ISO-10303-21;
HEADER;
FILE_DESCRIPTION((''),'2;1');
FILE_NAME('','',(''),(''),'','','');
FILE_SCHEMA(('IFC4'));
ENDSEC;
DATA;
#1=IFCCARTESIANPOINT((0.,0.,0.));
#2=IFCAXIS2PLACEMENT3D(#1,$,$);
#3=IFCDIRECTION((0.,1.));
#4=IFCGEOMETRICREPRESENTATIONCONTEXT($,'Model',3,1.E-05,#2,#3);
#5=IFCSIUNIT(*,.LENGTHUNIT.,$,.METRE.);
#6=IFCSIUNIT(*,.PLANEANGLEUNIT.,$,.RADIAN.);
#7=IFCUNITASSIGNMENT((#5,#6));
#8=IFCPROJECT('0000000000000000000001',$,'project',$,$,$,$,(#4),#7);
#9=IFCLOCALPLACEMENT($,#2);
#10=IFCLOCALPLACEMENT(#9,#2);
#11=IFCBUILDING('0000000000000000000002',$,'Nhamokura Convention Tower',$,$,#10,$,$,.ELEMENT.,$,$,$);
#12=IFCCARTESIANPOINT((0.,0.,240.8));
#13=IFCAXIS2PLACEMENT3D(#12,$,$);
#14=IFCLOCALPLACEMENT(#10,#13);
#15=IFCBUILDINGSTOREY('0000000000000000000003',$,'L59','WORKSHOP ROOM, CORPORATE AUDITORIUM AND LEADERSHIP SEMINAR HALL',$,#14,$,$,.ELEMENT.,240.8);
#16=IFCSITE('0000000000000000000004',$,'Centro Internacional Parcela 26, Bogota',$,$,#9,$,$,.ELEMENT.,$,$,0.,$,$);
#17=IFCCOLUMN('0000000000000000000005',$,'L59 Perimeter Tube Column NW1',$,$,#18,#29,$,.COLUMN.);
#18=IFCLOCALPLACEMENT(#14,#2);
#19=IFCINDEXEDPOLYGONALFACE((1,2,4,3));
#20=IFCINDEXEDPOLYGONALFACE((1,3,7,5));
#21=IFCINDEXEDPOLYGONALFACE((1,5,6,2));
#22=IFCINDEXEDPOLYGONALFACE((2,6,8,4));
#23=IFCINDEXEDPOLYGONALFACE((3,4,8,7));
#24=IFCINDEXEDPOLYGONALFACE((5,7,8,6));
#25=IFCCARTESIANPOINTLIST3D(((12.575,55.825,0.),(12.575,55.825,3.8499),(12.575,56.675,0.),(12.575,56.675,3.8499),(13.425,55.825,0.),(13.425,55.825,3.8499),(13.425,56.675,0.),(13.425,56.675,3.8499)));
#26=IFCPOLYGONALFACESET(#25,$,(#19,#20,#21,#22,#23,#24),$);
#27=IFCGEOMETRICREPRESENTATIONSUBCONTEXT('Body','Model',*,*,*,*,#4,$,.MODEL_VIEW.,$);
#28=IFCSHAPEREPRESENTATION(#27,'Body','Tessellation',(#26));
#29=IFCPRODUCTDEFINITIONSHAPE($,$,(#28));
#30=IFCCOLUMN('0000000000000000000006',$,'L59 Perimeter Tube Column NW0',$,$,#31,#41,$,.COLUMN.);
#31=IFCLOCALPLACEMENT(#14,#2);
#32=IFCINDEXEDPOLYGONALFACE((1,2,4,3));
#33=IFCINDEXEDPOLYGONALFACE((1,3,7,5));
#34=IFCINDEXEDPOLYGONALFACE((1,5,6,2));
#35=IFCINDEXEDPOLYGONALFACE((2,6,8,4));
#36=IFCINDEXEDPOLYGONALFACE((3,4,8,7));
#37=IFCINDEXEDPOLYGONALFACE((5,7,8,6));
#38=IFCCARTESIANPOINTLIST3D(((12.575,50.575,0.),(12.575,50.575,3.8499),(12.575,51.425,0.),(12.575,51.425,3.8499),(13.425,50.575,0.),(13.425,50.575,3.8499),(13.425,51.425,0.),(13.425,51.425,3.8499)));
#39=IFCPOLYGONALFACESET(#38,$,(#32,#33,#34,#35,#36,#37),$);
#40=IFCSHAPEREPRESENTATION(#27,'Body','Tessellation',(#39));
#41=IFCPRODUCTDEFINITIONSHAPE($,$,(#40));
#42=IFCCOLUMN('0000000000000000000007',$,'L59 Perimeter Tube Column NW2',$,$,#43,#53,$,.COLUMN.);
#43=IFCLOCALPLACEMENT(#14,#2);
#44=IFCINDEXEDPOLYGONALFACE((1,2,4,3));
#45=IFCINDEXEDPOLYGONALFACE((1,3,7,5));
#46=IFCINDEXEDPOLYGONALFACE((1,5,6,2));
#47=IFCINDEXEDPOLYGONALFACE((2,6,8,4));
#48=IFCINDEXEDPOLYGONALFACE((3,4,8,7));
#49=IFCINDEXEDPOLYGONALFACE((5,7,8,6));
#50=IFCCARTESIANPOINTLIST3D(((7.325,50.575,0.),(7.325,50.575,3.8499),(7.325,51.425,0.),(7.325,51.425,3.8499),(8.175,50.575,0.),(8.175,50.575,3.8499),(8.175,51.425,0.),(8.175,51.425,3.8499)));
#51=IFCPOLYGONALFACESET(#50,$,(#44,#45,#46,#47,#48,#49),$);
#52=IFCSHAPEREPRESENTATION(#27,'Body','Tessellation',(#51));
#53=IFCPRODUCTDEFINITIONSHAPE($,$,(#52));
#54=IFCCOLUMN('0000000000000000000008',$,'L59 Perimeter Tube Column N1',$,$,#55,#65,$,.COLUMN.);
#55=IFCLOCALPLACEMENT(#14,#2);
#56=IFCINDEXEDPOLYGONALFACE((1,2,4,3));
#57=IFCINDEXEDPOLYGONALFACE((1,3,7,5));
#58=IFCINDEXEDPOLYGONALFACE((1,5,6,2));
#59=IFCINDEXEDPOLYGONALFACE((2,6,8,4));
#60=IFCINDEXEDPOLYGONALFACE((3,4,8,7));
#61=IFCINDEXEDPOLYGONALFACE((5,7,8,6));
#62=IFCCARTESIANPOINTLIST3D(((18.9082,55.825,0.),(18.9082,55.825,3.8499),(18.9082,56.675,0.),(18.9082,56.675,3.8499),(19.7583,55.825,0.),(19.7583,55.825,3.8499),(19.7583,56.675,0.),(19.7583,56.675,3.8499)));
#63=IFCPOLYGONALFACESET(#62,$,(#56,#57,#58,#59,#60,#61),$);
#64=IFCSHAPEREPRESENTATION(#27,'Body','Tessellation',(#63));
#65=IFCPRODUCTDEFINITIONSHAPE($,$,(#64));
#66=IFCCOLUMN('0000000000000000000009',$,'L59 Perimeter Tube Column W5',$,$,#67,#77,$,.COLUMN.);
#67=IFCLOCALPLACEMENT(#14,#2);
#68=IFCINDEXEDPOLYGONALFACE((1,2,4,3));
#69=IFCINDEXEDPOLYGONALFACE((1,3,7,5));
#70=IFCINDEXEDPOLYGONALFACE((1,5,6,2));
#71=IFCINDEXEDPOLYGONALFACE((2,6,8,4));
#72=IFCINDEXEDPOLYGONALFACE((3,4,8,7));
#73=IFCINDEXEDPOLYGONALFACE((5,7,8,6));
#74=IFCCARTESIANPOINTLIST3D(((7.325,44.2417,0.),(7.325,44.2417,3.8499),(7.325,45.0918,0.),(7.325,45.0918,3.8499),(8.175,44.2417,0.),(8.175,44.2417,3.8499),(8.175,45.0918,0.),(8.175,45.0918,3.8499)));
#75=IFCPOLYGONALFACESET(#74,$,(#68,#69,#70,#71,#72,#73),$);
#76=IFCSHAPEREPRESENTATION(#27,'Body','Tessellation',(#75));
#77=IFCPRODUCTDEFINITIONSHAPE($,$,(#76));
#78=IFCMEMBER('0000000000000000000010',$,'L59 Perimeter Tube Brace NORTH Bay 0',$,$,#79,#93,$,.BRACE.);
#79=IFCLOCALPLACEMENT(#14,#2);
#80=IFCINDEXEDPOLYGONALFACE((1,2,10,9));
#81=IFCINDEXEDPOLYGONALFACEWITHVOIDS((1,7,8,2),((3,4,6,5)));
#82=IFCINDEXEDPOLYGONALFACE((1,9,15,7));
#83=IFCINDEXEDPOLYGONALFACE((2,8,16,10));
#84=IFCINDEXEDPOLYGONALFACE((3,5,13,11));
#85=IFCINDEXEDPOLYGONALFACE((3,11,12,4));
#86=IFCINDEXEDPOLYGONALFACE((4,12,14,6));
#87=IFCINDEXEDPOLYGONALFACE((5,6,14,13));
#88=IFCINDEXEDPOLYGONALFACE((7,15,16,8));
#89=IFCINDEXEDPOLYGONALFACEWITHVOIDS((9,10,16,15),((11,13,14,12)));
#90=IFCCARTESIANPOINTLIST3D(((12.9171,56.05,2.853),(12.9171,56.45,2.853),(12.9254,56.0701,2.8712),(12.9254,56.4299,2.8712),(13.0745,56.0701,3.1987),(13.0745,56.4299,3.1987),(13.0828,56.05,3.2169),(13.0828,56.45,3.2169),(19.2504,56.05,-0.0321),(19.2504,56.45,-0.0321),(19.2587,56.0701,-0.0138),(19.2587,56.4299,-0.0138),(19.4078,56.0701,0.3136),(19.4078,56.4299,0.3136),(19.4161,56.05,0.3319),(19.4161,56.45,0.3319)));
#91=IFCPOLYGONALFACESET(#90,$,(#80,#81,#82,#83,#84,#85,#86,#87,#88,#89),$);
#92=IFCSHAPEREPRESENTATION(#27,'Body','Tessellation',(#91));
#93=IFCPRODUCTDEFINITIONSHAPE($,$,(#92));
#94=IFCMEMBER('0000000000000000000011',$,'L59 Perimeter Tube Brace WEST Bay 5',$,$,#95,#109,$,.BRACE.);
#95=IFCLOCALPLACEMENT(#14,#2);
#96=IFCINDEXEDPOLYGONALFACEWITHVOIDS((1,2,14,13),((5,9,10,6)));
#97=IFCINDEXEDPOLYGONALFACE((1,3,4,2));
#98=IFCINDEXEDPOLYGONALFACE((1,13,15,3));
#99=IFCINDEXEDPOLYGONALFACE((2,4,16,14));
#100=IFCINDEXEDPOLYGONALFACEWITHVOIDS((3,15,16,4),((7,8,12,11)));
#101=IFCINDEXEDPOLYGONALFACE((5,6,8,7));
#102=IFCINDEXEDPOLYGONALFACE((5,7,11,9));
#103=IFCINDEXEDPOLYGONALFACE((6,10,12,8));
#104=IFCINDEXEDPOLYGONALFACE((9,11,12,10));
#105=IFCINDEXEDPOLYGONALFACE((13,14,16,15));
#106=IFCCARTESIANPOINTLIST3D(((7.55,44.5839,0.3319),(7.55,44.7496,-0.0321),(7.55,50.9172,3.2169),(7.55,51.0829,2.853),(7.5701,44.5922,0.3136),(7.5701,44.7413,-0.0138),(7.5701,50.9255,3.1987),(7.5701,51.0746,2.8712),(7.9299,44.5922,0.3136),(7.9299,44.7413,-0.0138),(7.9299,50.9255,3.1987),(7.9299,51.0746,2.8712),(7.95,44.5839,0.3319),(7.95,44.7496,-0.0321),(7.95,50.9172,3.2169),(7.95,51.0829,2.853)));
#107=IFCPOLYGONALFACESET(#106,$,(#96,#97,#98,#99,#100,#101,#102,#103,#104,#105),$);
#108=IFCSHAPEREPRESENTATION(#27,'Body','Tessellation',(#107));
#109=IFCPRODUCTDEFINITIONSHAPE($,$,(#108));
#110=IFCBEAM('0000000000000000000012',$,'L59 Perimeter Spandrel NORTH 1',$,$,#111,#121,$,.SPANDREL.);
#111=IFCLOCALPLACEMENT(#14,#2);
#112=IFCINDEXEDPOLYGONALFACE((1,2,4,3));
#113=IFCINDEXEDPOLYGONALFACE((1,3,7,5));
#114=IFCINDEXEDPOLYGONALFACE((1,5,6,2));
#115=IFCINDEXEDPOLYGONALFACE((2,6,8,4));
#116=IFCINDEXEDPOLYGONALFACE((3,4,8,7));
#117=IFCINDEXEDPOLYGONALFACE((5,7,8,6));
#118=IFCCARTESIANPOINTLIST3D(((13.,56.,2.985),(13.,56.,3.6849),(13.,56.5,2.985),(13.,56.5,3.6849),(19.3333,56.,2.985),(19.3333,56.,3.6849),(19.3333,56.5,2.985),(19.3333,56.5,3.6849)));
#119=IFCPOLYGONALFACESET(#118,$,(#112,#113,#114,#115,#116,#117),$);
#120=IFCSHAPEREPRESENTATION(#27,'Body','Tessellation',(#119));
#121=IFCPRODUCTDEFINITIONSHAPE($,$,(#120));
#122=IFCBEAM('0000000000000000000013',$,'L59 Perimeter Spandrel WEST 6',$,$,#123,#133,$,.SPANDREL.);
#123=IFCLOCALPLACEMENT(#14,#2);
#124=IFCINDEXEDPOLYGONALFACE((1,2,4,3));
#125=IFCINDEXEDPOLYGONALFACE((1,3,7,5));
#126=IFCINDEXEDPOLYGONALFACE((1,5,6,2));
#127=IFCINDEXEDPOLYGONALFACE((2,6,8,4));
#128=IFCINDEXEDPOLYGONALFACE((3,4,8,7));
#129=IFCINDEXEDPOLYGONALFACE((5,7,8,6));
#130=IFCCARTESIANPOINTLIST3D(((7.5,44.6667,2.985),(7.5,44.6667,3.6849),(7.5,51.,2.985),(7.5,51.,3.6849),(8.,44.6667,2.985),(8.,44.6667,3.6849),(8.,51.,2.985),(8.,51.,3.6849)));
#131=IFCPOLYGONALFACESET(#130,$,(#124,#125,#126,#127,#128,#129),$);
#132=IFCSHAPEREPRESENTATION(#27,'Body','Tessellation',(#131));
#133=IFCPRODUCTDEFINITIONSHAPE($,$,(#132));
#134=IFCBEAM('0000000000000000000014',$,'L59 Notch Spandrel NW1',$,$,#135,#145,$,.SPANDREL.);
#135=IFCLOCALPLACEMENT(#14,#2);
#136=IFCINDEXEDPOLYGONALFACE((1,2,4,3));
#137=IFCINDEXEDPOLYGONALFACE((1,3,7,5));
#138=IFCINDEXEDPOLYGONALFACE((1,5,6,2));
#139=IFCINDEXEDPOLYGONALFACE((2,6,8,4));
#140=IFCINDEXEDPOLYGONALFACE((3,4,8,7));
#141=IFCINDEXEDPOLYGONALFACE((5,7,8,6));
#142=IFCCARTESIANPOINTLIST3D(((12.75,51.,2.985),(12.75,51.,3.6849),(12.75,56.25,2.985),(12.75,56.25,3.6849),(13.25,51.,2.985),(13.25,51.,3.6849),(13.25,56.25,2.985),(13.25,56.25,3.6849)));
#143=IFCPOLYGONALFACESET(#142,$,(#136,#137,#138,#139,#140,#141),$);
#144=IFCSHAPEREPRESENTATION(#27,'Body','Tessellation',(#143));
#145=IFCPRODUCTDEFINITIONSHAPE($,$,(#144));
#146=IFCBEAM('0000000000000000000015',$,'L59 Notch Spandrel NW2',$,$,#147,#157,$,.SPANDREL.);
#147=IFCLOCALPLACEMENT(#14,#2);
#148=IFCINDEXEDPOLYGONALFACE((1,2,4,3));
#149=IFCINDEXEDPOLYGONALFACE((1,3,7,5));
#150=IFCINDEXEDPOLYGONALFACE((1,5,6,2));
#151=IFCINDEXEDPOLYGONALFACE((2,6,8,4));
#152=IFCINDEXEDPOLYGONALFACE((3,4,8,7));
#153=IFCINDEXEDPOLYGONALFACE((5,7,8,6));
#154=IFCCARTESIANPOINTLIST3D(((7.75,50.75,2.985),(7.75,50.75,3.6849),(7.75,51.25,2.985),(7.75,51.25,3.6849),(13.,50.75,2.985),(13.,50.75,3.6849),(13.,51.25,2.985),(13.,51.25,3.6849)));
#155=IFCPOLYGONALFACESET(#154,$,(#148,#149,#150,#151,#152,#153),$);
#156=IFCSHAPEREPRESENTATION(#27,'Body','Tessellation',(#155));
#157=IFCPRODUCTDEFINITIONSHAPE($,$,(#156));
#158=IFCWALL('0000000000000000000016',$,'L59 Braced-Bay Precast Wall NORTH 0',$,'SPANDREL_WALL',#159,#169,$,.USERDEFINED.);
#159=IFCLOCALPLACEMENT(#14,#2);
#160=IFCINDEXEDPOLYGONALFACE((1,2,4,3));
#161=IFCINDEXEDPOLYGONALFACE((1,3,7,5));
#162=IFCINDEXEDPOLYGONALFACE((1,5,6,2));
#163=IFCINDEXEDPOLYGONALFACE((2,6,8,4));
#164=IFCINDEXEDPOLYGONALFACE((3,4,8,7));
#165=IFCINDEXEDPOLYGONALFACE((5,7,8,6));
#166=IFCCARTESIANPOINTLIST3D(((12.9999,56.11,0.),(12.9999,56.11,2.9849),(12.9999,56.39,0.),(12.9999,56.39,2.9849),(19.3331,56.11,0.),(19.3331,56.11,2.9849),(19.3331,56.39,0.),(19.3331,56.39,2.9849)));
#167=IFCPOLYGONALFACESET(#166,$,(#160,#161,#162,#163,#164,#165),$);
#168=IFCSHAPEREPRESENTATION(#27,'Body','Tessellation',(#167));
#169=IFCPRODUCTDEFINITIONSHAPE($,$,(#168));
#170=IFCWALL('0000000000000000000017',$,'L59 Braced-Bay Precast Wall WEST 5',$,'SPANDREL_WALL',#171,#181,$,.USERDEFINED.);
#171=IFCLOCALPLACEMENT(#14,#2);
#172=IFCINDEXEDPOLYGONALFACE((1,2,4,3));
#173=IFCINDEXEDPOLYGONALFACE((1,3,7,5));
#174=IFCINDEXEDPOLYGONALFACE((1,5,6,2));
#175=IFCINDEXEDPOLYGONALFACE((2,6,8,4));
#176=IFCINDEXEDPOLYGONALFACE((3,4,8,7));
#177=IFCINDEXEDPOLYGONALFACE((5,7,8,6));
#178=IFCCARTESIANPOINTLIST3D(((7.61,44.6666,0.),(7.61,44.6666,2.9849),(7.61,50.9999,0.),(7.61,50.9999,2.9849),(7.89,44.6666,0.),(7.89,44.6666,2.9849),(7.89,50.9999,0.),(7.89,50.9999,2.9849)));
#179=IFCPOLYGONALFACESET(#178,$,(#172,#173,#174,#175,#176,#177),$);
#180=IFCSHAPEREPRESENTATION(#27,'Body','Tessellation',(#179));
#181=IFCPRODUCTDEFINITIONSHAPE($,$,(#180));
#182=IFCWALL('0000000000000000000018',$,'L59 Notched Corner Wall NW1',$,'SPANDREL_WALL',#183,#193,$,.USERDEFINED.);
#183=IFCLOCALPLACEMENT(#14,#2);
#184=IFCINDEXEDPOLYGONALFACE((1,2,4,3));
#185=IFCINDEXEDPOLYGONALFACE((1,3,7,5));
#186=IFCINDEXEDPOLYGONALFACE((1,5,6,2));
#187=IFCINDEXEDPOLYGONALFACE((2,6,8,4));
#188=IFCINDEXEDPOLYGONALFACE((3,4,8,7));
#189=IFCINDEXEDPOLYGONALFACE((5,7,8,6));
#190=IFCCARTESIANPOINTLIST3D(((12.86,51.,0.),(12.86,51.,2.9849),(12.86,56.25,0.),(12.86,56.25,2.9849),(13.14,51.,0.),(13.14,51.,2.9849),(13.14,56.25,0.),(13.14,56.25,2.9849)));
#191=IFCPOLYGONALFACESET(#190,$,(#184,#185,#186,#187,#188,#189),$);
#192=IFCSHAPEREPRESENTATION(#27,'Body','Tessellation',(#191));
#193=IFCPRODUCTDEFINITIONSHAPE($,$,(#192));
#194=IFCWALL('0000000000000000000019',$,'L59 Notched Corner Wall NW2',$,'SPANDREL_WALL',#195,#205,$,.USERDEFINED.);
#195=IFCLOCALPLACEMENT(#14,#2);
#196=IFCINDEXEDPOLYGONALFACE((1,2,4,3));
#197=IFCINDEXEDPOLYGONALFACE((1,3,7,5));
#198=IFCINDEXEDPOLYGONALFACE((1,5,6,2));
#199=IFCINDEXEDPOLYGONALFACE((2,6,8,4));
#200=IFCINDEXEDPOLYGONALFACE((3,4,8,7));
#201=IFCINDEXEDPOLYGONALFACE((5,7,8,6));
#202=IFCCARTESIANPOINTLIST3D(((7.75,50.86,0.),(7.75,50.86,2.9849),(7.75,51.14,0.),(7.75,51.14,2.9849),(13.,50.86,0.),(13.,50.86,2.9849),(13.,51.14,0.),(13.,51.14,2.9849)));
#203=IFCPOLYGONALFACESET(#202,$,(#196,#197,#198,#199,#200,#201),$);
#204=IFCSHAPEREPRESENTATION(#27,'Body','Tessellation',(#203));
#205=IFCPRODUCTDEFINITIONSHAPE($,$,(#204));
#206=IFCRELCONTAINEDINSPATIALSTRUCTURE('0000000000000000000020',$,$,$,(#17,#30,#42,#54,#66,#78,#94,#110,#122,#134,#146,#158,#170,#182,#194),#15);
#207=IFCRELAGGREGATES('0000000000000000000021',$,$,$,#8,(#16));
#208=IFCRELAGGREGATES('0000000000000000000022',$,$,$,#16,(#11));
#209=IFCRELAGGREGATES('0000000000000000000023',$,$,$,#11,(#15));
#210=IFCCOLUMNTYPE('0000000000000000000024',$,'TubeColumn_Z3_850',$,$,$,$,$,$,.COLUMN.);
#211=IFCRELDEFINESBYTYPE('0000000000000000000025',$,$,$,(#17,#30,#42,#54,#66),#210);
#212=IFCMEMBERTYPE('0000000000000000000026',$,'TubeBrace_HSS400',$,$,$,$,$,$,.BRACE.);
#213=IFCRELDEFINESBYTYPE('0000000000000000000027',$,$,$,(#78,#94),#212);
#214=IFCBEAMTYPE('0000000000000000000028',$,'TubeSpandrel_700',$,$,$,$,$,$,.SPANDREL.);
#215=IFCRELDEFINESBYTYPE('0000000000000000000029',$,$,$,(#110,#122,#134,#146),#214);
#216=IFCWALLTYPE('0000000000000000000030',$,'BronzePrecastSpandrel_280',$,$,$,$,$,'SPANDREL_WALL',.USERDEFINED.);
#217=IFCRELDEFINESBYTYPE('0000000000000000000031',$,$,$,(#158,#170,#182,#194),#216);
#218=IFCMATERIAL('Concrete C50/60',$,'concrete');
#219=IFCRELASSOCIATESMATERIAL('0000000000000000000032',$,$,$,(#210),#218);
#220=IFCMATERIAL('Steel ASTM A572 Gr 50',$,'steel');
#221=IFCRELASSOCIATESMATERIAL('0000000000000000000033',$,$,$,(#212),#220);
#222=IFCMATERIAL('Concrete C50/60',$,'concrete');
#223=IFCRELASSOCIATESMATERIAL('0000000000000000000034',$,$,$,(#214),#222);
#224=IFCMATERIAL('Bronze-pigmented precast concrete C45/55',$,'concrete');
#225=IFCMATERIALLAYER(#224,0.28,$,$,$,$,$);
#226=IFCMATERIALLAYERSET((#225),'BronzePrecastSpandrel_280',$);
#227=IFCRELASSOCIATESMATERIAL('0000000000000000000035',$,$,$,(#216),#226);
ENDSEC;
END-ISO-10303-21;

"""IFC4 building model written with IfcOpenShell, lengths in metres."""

from ifc_helpers import new_model, si_unit, direction, frame, frame_2d, origin, origin_2d, place, context, subcontext, project, spatial, rectangle, hollow_rectangle, extrude, material, layer, layer_set, material_profile, profile_set, type_object, element, save


model = new_model("IFC4")

# Units and contexts
model_context = context("Model", 3, precision=1e-05, world=origin(), true_north=direction((0.0, 1.0)))
body_context = subcontext(model_context, "Body", "Model", "MODEL_VIEW")
ifc_project = project(units=[si_unit("LENGTHUNIT", "METRE"), si_unit("PLANEANGLEUNIT", "RADIAN")], contexts=[model_context])

# Site, building, storey
site_placement = place(None, origin())
site = spatial("IfcSite", under=ifc_project, at=site_placement, Name="Centro Internacional Parcela 26, Bogota", CompositionType="ELEMENT", RefElevation=0.0)
building_placement = place(site_placement, origin())
building = spatial("IfcBuilding", under=site, at=building_placement, Name="Nhamokura Convention Tower", CompositionType="ELEMENT")
storey_placement = place(building_placement, frame((0.0, 0.0, 240.8)))
storey = spatial("IfcBuildingStorey", under=building, at=storey_placement, Name="L59", Description="WORKSHOP ROOM, CORPORATE AUDITORIUM AND LEADERSHIP SEMINAR HALL", CompositionType="ELEMENT", Elevation=240.8)

# Columns
ifc_material_1 = material(Name="Concrete C50/60", Category="concrete")
ifc_material_profile_1 = material_profile(ifc_material_1, rectangle(XDim=0.8501, YDim=0.8501, at=origin_2d()))
ifc_profile_set_1 = profile_set([ifc_material_profile_1], Name="Concrete C50/60")
column_type = type_object("IfcColumnType", Name="TubeColumn_Z3_850", PredefinedType="COLUMN", material=ifc_profile_set_1)
for number, where, z_axis, x_axis, name in (
    (1, (13.0, 56.25, 0.0), (0.0, 0.0, 1.0), (1.0, 0.0, 0.0), "L59 Perimeter Tube Column NW1"),
    (2, (13.0, 51.0, 0.0), (0.0, 0.0, 1.0), (1.0, 0.0, 0.0), "L59 Perimeter Tube Column NW0"),
    (3, (7.75, 51.0, 0.0), (0.0, 0.0, 1.0), (1.0, 0.0, 0.0), "L59 Perimeter Tube Column NW2"),
    (4, (19.3333, 56.25, 0.0), (0.0, 0.0, 1.0), (1.0, 0.0, 0.0), "L59 Perimeter Tube Column N1"),
    (5, (7.75, 44.6667, 0.0), (0.0, 0.0, 1.0), (1.0, 0.0, 0.0), "L59 Perimeter Tube Column W5"),
):
    element("IfcColumn", number, at=place(storey_placement, frame(where, z_axis=z_axis, x_axis=x_axis)), inside=storey, type_object=column_type, Name=name, PredefinedType="COLUMN", context=body_context, shape_type="SweptSolid", body=[
        extrude(rectangle(XDim=0.8501, YDim=0.8501, at=origin_2d()), origin(), (0.0, 0.0, 1.0), 3.8499),
    ])

# Members
ifc_material_2 = material(Name="Steel ASTM A572 Gr 50", Category="steel")
ifc_material_profile_2 = material_profile(ifc_material_2, hollow_rectangle(XDim=0.3999, YDim=0.3999, WallThickness=0.02, at=origin_2d()))
ifc_profile_set_2 = profile_set([ifc_material_profile_2], Name="Steel ASTM A572 Gr 50")
member_type = type_object("IfcMemberType", Name="TubeBrace_HSS400", PredefinedType="BRACE", material=ifc_profile_set_2)
for number, where, z_axis, x_axis, name in (
    (6, (19.3333, 56.25, 0.1499), (-0.910027, 0.0, 0.414548), (0.0, -1.0, 0.0), "L59 Perimeter Tube Brace NORTH Bay 0"),
    (7, (7.75, 44.6667, 0.1499), (0.0, 0.910027, 0.414548), (-1.0, 0.0, 0.0), "L59 Perimeter Tube Brace WEST Bay 5"),
):
    element("IfcMember", number, at=place(storey_placement, frame(where, z_axis=z_axis, x_axis=x_axis)), inside=storey, type_object=member_type, Name=name, PredefinedType="BRACE", context=body_context, shape_type="SweptSolid", body=[
        extrude(hollow_rectangle(XDim=0.3999, YDim=0.3999, WallThickness=0.02, at=origin_2d()), origin(), (0.0, 0.0, 1.0), 6.9595),
    ])

# Beams
ifc_material_3 = material(Name="Concrete C50/60", Category="concrete")
ifc_material_profile_3 = material_profile(ifc_material_3, rectangle(XDim=0.5, YDim=0.7, at=origin_2d()))
ifc_profile_set_3 = profile_set([ifc_material_profile_3], Name="Concrete C50/60")
beam_type = type_object("IfcBeamType", Name="TubeSpandrel_700", PredefinedType="SPANDREL", material=ifc_profile_set_3)
for number, where, z_axis, x_axis, name in (
    (8, (13.0, 56.25, 3.335), (1.0, 0.0, 0.0), (0.0, 1.0, 0.0), "L59 Perimeter Spandrel NORTH 1"),
    (9, (7.75, 44.6667, 3.335), (0.0, 1.0, 0.0), (-1.0, 0.0, 0.0), "L59 Perimeter Spandrel WEST 6"),
):
    element("IfcBeam", number, at=place(storey_placement, frame(where, z_axis=z_axis, x_axis=x_axis)), inside=storey, type_object=beam_type, Name=name, PredefinedType="SPANDREL", context=body_context, shape_type="SweptSolid", body=[
        extrude(rectangle(XDim=0.5, YDim=0.7, at=origin_2d()), origin(), (0.0, 0.0, 1.0), 6.3333),
    ])
for number, where, z_axis, x_axis, name in (
    (10, (13.0, 56.25, 3.335), (0.0, -1.0, 0.0), (1.0, 0.0, 0.0), "L59 Notch Spandrel NW1"),
    (11, (13.0, 51.0, 3.335), (-1.0, 0.0, 0.0), (0.0, -1.0, 0.0), "L59 Notch Spandrel NW2"),
):
    element("IfcBeam", number, at=place(storey_placement, frame(where, z_axis=z_axis, x_axis=x_axis)), inside=storey, type_object=beam_type, Name=name, PredefinedType="SPANDREL", context=body_context, shape_type="SweptSolid", body=[
        extrude(rectangle(XDim=0.5, YDim=0.7, at=origin_2d()), origin(), (0.0, 0.0, 1.0), 5.25),
    ])

# Walls
ifc_material_4 = material(Name="Bronze-pigmented precast concrete C45/55", Category="concrete")
ifc_layer_1 = layer(ifc_material_4, 0.28)
ifc_layer_set_1 = layer_set([ifc_layer_1], Name="BronzePrecastSpandrel_280")
wall_type_1 = type_object("IfcWallType", Name="BronzePrecastSpandrel_280", ElementType="SPANDREL_WALL", PredefinedType="USERDEFINED", material=ifc_layer_set_1)
for number, where, z_axis, x_axis, name in (
    (12, (13.0, 56.25, 0.0), (0.0, 0.0, 1.0), (1.0, 0.0, 0.0), "L59 Braced-Bay Precast Wall NORTH 0"),
    (13, (7.75, 44.6667, 0.0), (0.0, 0.0, 1.0), (0.0, 1.0, 0.0), "L59 Braced-Bay Precast Wall WEST 5"),
):
    element("IfcWall", number, at=place(storey_placement, frame(where, z_axis=z_axis, x_axis=x_axis)), inside=storey, type_object=wall_type_1, Name=name, ObjectType="SPANDREL_WALL", PredefinedType="USERDEFINED", context=body_context, shape_type="SweptSolid", body=[
        extrude(rectangle(XDim=6.3333, YDim=0.28, at=frame_2d((3.1665, 0.0))), origin(), (0.0, 0.0, 1.0), 2.9849),
    ])
for number, where, z_axis, x_axis, name in (
    (14, (13.0, 51.0, 0.0), (0.0, 0.0, 1.0), (0.0, 1.0, 0.0), "L59 Notched Corner Wall NW1"),
    (15, (7.75, 51.0, 0.0), (0.0, 0.0, 1.0), (1.0, 0.0, 0.0), "L59 Notched Corner Wall NW2"),
):
    element("IfcWall", number, at=place(storey_placement, frame(where, z_axis=z_axis, x_axis=x_axis)), inside=storey, type_object=wall_type_1, Name=name, ObjectType="SPANDREL_WALL", PredefinedType="USERDEFINED", context=body_context, shape_type="SweptSolid", body=[
        extrude(rectangle(XDim=5.25, YDim=0.28, at=frame_2d((2.625, 0.0))), origin(), (0.0, 0.0, 1.0), 2.9849),
    ])

save(model, "model.ifc")
